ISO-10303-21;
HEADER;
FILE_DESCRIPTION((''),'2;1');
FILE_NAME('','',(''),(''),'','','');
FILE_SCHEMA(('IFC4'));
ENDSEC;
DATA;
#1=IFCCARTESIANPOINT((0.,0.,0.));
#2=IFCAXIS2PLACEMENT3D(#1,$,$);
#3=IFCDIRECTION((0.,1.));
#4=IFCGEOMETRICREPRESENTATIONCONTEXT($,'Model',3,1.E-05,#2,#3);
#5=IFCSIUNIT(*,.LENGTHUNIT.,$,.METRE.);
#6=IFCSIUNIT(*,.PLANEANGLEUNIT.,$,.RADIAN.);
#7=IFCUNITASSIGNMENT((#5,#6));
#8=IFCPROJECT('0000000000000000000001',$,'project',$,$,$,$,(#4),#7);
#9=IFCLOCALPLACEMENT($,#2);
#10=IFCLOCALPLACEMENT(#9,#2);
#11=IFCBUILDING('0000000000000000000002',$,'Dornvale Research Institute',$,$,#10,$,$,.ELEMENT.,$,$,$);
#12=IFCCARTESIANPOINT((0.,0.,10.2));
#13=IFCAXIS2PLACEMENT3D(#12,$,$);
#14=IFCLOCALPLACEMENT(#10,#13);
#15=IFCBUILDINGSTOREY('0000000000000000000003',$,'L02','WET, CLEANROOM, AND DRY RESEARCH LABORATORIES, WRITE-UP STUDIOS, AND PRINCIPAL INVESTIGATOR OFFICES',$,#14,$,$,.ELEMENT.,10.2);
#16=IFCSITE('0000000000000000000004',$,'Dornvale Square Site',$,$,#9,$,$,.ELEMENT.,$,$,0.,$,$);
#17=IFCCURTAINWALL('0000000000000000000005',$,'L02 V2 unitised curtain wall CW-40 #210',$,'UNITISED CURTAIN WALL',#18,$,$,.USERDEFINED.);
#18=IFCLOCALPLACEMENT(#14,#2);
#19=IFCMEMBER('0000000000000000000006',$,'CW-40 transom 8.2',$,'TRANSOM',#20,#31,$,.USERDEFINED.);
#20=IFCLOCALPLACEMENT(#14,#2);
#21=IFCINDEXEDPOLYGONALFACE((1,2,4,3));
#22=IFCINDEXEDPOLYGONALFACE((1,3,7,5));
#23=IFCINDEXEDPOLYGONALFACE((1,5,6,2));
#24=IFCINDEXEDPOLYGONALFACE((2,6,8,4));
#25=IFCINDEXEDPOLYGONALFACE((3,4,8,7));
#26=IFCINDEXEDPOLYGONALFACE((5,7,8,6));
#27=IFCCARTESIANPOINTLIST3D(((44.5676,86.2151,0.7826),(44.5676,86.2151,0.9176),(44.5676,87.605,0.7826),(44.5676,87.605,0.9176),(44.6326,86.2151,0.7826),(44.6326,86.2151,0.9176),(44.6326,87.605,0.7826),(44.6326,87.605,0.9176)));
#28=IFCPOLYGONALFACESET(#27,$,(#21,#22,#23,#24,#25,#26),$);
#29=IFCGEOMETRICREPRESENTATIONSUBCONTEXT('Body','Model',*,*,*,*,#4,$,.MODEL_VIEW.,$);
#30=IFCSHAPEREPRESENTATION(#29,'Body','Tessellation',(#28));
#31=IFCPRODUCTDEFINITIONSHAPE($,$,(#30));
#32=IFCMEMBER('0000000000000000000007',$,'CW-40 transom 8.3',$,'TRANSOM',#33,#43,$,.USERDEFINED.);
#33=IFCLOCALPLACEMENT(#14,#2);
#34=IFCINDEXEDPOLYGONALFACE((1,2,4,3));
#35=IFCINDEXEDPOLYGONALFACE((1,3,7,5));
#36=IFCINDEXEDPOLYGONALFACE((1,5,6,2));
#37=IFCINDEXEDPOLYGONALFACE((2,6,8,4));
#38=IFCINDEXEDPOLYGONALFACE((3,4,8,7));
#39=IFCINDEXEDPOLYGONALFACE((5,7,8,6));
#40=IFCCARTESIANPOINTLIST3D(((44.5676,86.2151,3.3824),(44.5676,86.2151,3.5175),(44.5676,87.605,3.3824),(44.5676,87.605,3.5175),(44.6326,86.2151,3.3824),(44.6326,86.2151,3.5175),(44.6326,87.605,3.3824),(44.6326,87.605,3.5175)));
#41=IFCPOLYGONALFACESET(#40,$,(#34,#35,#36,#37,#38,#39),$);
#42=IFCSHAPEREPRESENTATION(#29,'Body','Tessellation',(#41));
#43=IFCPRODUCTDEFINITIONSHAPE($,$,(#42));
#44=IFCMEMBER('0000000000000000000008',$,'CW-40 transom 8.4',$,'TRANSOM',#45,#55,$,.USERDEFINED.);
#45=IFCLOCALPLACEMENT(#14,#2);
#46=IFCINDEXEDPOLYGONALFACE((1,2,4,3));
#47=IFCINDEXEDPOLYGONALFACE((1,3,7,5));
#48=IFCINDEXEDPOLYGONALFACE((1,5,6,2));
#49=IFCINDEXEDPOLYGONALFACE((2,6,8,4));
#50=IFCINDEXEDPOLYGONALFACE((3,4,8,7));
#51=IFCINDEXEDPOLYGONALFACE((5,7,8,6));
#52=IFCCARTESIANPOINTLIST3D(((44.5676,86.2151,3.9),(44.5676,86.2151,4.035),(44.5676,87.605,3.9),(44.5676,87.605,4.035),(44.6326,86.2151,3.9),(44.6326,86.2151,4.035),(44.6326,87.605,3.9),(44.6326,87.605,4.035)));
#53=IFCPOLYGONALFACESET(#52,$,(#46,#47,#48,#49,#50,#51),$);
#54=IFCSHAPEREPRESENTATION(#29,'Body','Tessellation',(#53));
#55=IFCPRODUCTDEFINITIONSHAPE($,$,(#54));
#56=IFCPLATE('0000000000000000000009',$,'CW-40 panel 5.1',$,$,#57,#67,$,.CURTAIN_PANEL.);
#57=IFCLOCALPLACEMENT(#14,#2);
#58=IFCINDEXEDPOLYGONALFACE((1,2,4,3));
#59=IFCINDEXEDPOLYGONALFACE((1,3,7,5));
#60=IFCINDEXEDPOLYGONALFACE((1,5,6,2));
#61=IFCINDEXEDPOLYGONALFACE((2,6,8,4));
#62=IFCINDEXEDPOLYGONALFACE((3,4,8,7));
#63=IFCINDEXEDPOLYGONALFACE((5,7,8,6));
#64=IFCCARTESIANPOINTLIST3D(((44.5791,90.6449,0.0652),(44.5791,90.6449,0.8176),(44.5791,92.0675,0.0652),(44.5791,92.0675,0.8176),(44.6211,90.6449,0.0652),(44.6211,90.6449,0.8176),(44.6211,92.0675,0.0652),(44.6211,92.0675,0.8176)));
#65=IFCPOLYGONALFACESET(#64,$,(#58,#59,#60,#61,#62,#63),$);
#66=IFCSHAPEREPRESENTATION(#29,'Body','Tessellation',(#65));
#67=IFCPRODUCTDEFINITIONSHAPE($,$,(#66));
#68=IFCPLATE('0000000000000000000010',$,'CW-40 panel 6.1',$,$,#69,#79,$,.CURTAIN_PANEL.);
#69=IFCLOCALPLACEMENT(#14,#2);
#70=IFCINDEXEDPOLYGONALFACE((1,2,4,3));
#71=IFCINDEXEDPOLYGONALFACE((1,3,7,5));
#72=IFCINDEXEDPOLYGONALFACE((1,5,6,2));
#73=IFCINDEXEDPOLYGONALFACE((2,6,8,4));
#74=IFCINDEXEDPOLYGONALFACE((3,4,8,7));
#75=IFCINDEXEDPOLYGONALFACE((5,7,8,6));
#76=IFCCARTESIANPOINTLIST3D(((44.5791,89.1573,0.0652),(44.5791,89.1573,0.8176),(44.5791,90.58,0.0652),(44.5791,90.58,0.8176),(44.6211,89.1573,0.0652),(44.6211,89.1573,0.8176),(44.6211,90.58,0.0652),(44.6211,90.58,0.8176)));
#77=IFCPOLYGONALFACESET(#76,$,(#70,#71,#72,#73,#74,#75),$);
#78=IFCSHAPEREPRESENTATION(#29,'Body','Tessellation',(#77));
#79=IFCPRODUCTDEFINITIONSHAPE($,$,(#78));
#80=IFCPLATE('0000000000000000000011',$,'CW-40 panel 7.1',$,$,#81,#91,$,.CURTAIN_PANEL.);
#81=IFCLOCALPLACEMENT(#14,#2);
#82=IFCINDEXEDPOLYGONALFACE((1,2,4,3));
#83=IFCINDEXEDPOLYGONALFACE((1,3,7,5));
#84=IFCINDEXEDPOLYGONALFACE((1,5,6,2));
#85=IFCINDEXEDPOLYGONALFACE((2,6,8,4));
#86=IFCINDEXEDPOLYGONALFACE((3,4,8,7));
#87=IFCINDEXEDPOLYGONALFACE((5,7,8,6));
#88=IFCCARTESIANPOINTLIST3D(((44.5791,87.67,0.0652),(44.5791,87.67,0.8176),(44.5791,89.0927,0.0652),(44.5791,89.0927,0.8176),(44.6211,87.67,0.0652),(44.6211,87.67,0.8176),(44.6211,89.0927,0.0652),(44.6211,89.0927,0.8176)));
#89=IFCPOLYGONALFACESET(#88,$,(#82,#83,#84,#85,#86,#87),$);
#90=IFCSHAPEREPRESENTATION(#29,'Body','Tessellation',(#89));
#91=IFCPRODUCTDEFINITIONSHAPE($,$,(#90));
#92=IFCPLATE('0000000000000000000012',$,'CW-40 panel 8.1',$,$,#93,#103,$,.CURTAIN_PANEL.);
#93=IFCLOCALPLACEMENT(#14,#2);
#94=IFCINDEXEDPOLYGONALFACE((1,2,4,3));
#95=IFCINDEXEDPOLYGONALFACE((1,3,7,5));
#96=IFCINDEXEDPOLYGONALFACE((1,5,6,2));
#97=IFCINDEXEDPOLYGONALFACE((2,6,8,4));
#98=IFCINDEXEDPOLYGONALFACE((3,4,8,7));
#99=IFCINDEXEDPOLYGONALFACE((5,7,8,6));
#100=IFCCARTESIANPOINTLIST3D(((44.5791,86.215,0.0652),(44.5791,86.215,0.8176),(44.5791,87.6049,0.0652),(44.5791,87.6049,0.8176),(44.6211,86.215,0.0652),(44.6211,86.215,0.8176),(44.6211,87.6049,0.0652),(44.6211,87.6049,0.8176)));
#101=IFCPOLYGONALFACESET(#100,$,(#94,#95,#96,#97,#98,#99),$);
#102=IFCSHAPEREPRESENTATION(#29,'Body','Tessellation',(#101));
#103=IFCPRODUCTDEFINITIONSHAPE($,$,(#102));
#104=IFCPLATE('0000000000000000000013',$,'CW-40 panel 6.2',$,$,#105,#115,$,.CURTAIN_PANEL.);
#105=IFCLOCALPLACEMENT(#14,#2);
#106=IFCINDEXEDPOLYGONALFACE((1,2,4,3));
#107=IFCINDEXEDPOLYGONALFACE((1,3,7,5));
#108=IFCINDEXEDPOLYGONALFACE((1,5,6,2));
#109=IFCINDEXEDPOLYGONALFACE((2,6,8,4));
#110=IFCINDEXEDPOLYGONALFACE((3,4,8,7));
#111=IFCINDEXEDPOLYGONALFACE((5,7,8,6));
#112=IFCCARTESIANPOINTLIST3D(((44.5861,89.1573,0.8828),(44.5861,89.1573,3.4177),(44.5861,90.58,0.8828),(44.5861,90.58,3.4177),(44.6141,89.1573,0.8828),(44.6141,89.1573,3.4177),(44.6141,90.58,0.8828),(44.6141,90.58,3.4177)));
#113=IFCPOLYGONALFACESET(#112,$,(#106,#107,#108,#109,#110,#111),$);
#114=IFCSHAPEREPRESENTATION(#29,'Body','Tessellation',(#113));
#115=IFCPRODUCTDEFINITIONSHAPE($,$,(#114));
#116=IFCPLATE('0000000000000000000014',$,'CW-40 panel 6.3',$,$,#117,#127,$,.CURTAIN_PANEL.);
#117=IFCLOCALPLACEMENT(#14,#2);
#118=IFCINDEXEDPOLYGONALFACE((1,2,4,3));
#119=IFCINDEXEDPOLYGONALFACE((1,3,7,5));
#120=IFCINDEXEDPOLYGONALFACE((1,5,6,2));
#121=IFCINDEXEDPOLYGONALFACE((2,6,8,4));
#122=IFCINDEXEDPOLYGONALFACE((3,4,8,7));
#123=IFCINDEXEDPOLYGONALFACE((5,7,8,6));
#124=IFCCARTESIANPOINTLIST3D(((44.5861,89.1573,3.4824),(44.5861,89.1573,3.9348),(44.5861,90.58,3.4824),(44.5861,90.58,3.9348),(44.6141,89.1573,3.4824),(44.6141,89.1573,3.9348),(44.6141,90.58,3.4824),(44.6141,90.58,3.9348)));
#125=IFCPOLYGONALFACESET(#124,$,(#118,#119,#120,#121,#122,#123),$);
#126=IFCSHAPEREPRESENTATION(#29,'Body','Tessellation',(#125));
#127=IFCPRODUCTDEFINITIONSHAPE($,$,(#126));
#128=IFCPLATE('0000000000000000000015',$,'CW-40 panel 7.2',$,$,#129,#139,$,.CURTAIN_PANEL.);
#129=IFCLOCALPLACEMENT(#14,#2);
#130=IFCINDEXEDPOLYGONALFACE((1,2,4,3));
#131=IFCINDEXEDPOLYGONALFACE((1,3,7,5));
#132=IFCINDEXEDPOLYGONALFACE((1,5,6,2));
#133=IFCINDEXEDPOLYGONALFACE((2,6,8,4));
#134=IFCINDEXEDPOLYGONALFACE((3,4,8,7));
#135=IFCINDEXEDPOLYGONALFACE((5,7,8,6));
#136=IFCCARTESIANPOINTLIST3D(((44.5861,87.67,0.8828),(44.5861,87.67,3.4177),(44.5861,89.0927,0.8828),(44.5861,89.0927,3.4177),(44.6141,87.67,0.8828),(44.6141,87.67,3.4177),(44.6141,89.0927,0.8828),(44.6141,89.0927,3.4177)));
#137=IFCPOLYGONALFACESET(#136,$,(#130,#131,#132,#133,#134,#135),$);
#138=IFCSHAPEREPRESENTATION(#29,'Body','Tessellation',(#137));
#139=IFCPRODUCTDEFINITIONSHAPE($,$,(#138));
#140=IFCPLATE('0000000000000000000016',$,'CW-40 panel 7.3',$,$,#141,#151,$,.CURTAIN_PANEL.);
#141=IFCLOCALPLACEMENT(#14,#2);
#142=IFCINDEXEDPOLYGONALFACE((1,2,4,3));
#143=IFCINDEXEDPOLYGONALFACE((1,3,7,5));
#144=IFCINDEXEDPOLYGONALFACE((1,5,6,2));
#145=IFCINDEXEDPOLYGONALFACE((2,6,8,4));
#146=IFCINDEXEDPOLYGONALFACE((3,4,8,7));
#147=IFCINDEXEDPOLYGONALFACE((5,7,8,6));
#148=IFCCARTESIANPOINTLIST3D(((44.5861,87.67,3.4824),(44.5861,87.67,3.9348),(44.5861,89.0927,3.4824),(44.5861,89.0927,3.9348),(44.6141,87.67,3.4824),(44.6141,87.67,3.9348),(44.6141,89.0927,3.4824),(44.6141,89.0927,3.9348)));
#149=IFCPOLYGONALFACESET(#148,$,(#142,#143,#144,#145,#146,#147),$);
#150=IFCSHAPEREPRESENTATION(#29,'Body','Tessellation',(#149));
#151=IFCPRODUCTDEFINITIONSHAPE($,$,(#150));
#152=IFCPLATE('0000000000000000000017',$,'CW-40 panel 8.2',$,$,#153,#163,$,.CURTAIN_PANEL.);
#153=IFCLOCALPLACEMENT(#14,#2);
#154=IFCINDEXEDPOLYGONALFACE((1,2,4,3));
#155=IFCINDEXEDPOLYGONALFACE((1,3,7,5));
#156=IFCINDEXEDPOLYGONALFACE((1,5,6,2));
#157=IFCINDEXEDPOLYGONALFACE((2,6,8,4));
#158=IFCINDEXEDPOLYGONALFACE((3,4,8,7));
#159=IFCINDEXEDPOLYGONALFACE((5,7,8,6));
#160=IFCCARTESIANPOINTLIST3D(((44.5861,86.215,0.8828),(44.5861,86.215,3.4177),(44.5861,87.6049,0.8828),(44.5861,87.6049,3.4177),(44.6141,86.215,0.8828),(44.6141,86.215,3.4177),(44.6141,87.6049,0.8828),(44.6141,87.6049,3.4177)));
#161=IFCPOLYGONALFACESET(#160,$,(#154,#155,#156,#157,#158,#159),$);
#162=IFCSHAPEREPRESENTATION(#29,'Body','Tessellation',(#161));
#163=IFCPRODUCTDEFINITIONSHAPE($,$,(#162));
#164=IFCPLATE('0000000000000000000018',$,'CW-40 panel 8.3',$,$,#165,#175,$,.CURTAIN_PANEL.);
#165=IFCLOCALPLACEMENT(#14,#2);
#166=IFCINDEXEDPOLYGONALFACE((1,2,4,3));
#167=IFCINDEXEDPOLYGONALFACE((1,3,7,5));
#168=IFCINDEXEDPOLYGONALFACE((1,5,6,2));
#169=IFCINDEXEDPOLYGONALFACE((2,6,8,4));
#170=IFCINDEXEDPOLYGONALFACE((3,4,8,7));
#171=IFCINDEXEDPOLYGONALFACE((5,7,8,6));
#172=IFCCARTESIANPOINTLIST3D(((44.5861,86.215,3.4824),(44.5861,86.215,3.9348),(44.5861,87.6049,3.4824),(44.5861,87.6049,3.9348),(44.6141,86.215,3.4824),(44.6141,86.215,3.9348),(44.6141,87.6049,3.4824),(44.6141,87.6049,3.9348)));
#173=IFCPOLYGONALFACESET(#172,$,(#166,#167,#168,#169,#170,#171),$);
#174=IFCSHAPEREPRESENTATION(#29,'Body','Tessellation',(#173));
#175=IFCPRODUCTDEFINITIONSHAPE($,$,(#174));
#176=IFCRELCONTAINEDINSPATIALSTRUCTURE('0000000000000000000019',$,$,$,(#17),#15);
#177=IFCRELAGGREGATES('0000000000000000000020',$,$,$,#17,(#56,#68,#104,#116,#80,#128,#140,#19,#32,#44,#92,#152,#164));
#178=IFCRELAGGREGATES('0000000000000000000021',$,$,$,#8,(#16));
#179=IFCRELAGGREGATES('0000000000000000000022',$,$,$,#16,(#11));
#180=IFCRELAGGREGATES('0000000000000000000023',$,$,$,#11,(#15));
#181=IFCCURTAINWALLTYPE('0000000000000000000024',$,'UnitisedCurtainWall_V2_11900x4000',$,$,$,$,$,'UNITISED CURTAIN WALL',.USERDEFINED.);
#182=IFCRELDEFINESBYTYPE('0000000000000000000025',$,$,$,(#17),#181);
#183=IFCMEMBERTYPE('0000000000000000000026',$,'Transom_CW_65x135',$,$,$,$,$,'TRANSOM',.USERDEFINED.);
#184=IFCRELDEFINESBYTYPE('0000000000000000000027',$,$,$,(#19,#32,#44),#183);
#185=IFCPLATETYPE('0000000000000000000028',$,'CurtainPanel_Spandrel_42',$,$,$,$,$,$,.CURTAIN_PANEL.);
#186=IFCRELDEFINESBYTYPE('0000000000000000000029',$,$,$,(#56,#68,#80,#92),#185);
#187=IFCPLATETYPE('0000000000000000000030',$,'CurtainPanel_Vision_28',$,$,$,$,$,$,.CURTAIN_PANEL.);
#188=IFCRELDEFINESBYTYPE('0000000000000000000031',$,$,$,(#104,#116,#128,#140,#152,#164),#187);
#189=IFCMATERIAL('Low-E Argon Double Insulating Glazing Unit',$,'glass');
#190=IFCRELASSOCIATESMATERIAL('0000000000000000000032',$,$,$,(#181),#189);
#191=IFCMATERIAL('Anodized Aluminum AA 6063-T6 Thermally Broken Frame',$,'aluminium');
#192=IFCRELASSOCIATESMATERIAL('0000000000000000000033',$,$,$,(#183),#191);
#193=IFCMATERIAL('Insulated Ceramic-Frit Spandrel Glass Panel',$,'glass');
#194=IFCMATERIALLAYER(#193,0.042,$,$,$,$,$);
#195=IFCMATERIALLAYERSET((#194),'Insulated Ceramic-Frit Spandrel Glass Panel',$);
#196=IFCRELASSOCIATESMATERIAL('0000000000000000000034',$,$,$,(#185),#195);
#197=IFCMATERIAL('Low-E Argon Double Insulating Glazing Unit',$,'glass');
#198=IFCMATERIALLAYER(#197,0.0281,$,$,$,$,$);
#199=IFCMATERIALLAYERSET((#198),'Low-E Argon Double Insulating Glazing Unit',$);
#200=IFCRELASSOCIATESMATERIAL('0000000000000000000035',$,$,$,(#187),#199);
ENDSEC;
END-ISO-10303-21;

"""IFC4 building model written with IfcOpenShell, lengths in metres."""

from ifc_helpers import new_model, si_unit, direction, frame, origin, origin_2d, place, context, subcontext, project, spatial, rectangle, extrude, material, layer, layer_set, material_profile, profile_set, type_object, element, aggregate, save


model = new_model("IFC4")

# Units and contexts
model_context = context("Model", 3, precision=1e-05, world=origin(), true_north=direction((0.0, 1.0)))
body_context = subcontext(model_context, "Body", "Model", "MODEL_VIEW")
ifc_project = project(units=[si_unit("LENGTHUNIT", "METRE"), si_unit("PLANEANGLEUNIT", "RADIAN")], contexts=[model_context])

# Site, building, storey
site_placement = place(None, origin())
site = spatial("IfcSite", under=ifc_project, at=site_placement, Name="Dornvale Square Site", CompositionType="ELEMENT", RefElevation=0.0)
building_placement = place(site_placement, origin())
building = spatial("IfcBuilding", under=site, at=building_placement, Name="Dornvale Research Institute", CompositionType="ELEMENT")
storey_placement = place(building_placement, frame((0.0, 0.0, 10.2)))
storey = spatial("IfcBuildingStorey", under=building, at=storey_placement, Name="L02", Description="WET, CLEANROOM, AND DRY RESEARCH LABORATORIES, WRITE-UP STUDIOS, AND PRINCIPAL INVESTIGATOR OFFICES", CompositionType="ELEMENT", Elevation=10.2)

# Curtain wall, members, plates
ifc_material_1 = material(Name="Low-E Argon Double Insulating Glazing Unit", Category="glass")
curtain_wall_type = type_object("IfcCurtainWallType", Name="UnitisedCurtainWall_V2_11900x4000", ElementType="UNITISED CURTAIN WALL", PredefinedType="USERDEFINED", material=ifc_material_1)
curtain_wall_placement = place(storey_placement, origin())
curtain_wall = element("IfcCurtainWall", 1, at=curtain_wall_placement, inside=storey, type_object=curtain_wall_type, Name="L02 V2 unitised curtain wall CW-40 #210", ObjectType="UNITISED CURTAIN WALL", PredefinedType="USERDEFINED")
ifc_material_2 = material(Name="Anodized Aluminum AA 6063-T6 Thermally Broken Frame", Category="aluminium")
ifc_material_profile_1 = material_profile(ifc_material_2, rectangle(XDim=0.0649, YDim=0.135, at=origin_2d()), Name="ALU TRANSOM 65x135")
ifc_profile_set_1 = profile_set([ifc_material_profile_1], Name="Anodized Aluminum AA 6063-T6 Thermally Broken Frame")
member_type_1 = type_object("IfcMemberType", Name="Transom_CW_65x135", ElementType="TRANSOM", PredefinedType="USERDEFINED", material=ifc_profile_set_1)
member_1_placement = place(storey_placement, frame((44.6001, 87.605, 0.8501), z_axis=(0.0, -1.0, 0.0), x_axis=(1.0, 0.0, 0.0)))
member_1 = element("IfcMember", 2, at=member_1_placement, type_object=member_type_1, Name="CW-40 transom 8.2", ObjectType="TRANSOM", PredefinedType="USERDEFINED", context=body_context, shape_type="SweptSolid", body=[
    extrude(rectangle(XDim=0.0649, YDim=0.135, at=origin_2d()), origin(), (0.0, 0.0, 1.0), 1.3899),
])
member_2_placement = place(storey_placement, frame((44.6001, 87.605, 3.45), z_axis=(0.0, -1.0, 0.0), x_axis=(1.0, 0.0, 0.0)))
member_2 = element("IfcMember", 3, at=member_2_placement, type_object=member_type_1, Name="CW-40 transom 8.3", ObjectType="TRANSOM", PredefinedType="USERDEFINED", context=body_context, shape_type="SweptSolid", body=[
    extrude(rectangle(XDim=0.0649, YDim=0.135, at=origin_2d()), origin(), (0.0, 0.0, 1.0), 1.3899),
])
member_3_placement = place(storey_placement, frame((44.6001, 87.605, 3.9675), z_axis=(0.0, -1.0, 0.0), x_axis=(1.0, 0.0, 0.0)))
member_3 = element("IfcMember", 4, at=member_3_placement, type_object=member_type_1, Name="CW-40 transom 8.4", ObjectType="TRANSOM", PredefinedType="USERDEFINED", context=body_context, shape_type="SweptSolid", body=[
    extrude(rectangle(XDim=0.0649, YDim=0.135, at=origin_2d()), origin(), (0.0, 0.0, 1.0), 1.3899),
])
ifc_material_3 = material(Name="Insulated Ceramic-Frit Spandrel Glass Panel", Category="glass")
ifc_layer_1 = layer(ifc_material_3, 0.042)
ifc_layer_set_1 = layer_set([ifc_layer_1], Name="Insulated Ceramic-Frit Spandrel Glass Panel")
plate_type_1 = type_object("IfcPlateType", Name="CurtainPanel_Spandrel_42", PredefinedType="CURTAIN_PANEL", material=ifc_layer_set_1)
plate_1_placement = place(storey_placement, frame((44.6001, 91.3562, 0.0652), z_axis=(0.0, 0.0, 1.0), x_axis=(0.0, -1.0, 0.0)))
plate_1 = element("IfcPlate", 5, at=plate_1_placement, type_object=plate_type_1, Name="CW-40 panel 5.1", PredefinedType="CURTAIN_PANEL", context=body_context, shape_type="SweptSolid", body=[
    extrude(rectangle(XDim=1.4226, YDim=0.042, at=origin_2d()), origin(), (0.0, 0.0, 1.0), 0.7524),
])
plate_2_placement = place(storey_placement, frame((44.6001, 89.8687, 0.0652), z_axis=(0.0, 0.0, 1.0), x_axis=(0.0, -1.0, 0.0)))
plate_2 = element("IfcPlate", 6, at=plate_2_placement, type_object=plate_type_1, Name="CW-40 panel 6.1", PredefinedType="CURTAIN_PANEL", context=body_context, shape_type="SweptSolid", body=[
    extrude(rectangle(XDim=1.4226, YDim=0.042, at=origin_2d()), origin(), (0.0, 0.0, 1.0), 0.7524),
])
plate_3_placement = place(storey_placement, frame((44.6001, 88.3813, 0.0652), z_axis=(0.0, 0.0, 1.0), x_axis=(0.0, -1.0, 0.0)))
plate_3 = element("IfcPlate", 7, at=plate_3_placement, type_object=plate_type_1, Name="CW-40 panel 7.1", PredefinedType="CURTAIN_PANEL", context=body_context, shape_type="SweptSolid", body=[
    extrude(rectangle(XDim=1.4226, YDim=0.042, at=origin_2d()), origin(), (0.0, 0.0, 1.0), 0.7524),
])
plate_4_placement = place(storey_placement, frame((44.6001, 86.9099, 0.0652), z_axis=(0.0, 0.0, 1.0), x_axis=(0.0, -1.0, 0.0)))
plate_4 = element("IfcPlate", 8, at=plate_4_placement, type_object=plate_type_1, Name="CW-40 panel 8.1", PredefinedType="CURTAIN_PANEL", context=body_context, shape_type="SweptSolid", body=[
    extrude(rectangle(XDim=1.3899, YDim=0.042, at=origin_2d()), origin(), (0.0, 0.0, 1.0), 0.7524),
])
ifc_material_4 = material(Name="Low-E Argon Double Insulating Glazing Unit", Category="glass")
ifc_layer_2 = layer(ifc_material_4, 0.0281)
ifc_layer_set_2 = layer_set([ifc_layer_2], Name="Low-E Argon Double Insulating Glazing Unit")
plate_type_2 = type_object("IfcPlateType", Name="CurtainPanel_Vision_28", PredefinedType="CURTAIN_PANEL", material=ifc_layer_set_2)
plate_5_placement = place(storey_placement, frame((44.6001, 89.8687, 0.8828), z_axis=(0.0, 0.0, 1.0), x_axis=(0.0, -1.0, 0.0)))
plate_5 = element("IfcPlate", 9, at=plate_5_placement, type_object=plate_type_2, Name="CW-40 panel 6.2", PredefinedType="CURTAIN_PANEL", context=body_context, shape_type="SweptSolid", body=[
    extrude(rectangle(XDim=1.4226, YDim=0.0281, at=origin_2d()), origin(), (0.0, 0.0, 1.0), 2.5349),
])
plate_6_placement = place(storey_placement, frame((44.6001, 89.8687, 3.4824), z_axis=(0.0, 0.0, 1.0), x_axis=(0.0, -1.0, 0.0)))
plate_6 = element("IfcPlate", 10, at=plate_6_placement, type_object=plate_type_2, Name="CW-40 panel 6.3", PredefinedType="CURTAIN_PANEL", context=body_context, shape_type="SweptSolid", body=[
    extrude(rectangle(XDim=1.4226, YDim=0.0281, at=origin_2d()), origin(), (0.0, 0.0, 1.0), 0.4524),
])
plate_7_placement = place(storey_placement, frame((44.6001, 88.3813, 0.8828), z_axis=(0.0, 0.0, 1.0), x_axis=(0.0, -1.0, 0.0)))
plate_7 = element("IfcPlate", 11, at=plate_7_placement, type_object=plate_type_2, Name="CW-40 panel 7.2", PredefinedType="CURTAIN_PANEL", context=body_context, shape_type="SweptSolid", body=[
    extrude(rectangle(XDim=1.4226, YDim=0.0281, at=origin_2d()), origin(), (0.0, 0.0, 1.0), 2.5349),
])
plate_8_placement = place(storey_placement, frame((44.6001, 88.3813, 3.4824), z_axis=(0.0, 0.0, 1.0), x_axis=(0.0, -1.0, 0.0)))
plate_8 = element("IfcPlate", 12, at=plate_8_placement, type_object=plate_type_2, Name="CW-40 panel 7.3", PredefinedType="CURTAIN_PANEL", context=body_context, shape_type="SweptSolid", body=[
    extrude(rectangle(XDim=1.4226, YDim=0.0281, at=origin_2d()), origin(), (0.0, 0.0, 1.0), 0.4524),
])
plate_9_placement = place(storey_placement, frame((44.6001, 86.9099, 0.8828), z_axis=(0.0, 0.0, 1.0), x_axis=(0.0, -1.0, 0.0)))
plate_9 = element("IfcPlate", 13, at=plate_9_placement, type_object=plate_type_2, Name="CW-40 panel 8.2", PredefinedType="CURTAIN_PANEL", context=body_context, shape_type="SweptSolid", body=[
    extrude(rectangle(XDim=1.3899, YDim=0.0281, at=origin_2d()), origin(), (0.0, 0.0, 1.0), 2.5349),
])
plate_10_placement = place(storey_placement, frame((44.6001, 86.9099, 3.4824), z_axis=(0.0, 0.0, 1.0), x_axis=(0.0, -1.0, 0.0)))
plate_10 = element("IfcPlate", 14, at=plate_10_placement, type_object=plate_type_2, Name="CW-40 panel 8.3", PredefinedType="CURTAIN_PANEL", context=body_context, shape_type="SweptSolid", body=[
    extrude(rectangle(XDim=1.3899, YDim=0.0281, at=origin_2d()), origin(), (0.0, 0.0, 1.0), 0.4524),
])
aggregate(curtain_wall, [plate_1, plate_2, plate_5, plate_6, plate_3, plate_7, plate_8, member_1, member_2, member_3, plate_4, plate_9, plate_10])

save(model, "model.ifc")
